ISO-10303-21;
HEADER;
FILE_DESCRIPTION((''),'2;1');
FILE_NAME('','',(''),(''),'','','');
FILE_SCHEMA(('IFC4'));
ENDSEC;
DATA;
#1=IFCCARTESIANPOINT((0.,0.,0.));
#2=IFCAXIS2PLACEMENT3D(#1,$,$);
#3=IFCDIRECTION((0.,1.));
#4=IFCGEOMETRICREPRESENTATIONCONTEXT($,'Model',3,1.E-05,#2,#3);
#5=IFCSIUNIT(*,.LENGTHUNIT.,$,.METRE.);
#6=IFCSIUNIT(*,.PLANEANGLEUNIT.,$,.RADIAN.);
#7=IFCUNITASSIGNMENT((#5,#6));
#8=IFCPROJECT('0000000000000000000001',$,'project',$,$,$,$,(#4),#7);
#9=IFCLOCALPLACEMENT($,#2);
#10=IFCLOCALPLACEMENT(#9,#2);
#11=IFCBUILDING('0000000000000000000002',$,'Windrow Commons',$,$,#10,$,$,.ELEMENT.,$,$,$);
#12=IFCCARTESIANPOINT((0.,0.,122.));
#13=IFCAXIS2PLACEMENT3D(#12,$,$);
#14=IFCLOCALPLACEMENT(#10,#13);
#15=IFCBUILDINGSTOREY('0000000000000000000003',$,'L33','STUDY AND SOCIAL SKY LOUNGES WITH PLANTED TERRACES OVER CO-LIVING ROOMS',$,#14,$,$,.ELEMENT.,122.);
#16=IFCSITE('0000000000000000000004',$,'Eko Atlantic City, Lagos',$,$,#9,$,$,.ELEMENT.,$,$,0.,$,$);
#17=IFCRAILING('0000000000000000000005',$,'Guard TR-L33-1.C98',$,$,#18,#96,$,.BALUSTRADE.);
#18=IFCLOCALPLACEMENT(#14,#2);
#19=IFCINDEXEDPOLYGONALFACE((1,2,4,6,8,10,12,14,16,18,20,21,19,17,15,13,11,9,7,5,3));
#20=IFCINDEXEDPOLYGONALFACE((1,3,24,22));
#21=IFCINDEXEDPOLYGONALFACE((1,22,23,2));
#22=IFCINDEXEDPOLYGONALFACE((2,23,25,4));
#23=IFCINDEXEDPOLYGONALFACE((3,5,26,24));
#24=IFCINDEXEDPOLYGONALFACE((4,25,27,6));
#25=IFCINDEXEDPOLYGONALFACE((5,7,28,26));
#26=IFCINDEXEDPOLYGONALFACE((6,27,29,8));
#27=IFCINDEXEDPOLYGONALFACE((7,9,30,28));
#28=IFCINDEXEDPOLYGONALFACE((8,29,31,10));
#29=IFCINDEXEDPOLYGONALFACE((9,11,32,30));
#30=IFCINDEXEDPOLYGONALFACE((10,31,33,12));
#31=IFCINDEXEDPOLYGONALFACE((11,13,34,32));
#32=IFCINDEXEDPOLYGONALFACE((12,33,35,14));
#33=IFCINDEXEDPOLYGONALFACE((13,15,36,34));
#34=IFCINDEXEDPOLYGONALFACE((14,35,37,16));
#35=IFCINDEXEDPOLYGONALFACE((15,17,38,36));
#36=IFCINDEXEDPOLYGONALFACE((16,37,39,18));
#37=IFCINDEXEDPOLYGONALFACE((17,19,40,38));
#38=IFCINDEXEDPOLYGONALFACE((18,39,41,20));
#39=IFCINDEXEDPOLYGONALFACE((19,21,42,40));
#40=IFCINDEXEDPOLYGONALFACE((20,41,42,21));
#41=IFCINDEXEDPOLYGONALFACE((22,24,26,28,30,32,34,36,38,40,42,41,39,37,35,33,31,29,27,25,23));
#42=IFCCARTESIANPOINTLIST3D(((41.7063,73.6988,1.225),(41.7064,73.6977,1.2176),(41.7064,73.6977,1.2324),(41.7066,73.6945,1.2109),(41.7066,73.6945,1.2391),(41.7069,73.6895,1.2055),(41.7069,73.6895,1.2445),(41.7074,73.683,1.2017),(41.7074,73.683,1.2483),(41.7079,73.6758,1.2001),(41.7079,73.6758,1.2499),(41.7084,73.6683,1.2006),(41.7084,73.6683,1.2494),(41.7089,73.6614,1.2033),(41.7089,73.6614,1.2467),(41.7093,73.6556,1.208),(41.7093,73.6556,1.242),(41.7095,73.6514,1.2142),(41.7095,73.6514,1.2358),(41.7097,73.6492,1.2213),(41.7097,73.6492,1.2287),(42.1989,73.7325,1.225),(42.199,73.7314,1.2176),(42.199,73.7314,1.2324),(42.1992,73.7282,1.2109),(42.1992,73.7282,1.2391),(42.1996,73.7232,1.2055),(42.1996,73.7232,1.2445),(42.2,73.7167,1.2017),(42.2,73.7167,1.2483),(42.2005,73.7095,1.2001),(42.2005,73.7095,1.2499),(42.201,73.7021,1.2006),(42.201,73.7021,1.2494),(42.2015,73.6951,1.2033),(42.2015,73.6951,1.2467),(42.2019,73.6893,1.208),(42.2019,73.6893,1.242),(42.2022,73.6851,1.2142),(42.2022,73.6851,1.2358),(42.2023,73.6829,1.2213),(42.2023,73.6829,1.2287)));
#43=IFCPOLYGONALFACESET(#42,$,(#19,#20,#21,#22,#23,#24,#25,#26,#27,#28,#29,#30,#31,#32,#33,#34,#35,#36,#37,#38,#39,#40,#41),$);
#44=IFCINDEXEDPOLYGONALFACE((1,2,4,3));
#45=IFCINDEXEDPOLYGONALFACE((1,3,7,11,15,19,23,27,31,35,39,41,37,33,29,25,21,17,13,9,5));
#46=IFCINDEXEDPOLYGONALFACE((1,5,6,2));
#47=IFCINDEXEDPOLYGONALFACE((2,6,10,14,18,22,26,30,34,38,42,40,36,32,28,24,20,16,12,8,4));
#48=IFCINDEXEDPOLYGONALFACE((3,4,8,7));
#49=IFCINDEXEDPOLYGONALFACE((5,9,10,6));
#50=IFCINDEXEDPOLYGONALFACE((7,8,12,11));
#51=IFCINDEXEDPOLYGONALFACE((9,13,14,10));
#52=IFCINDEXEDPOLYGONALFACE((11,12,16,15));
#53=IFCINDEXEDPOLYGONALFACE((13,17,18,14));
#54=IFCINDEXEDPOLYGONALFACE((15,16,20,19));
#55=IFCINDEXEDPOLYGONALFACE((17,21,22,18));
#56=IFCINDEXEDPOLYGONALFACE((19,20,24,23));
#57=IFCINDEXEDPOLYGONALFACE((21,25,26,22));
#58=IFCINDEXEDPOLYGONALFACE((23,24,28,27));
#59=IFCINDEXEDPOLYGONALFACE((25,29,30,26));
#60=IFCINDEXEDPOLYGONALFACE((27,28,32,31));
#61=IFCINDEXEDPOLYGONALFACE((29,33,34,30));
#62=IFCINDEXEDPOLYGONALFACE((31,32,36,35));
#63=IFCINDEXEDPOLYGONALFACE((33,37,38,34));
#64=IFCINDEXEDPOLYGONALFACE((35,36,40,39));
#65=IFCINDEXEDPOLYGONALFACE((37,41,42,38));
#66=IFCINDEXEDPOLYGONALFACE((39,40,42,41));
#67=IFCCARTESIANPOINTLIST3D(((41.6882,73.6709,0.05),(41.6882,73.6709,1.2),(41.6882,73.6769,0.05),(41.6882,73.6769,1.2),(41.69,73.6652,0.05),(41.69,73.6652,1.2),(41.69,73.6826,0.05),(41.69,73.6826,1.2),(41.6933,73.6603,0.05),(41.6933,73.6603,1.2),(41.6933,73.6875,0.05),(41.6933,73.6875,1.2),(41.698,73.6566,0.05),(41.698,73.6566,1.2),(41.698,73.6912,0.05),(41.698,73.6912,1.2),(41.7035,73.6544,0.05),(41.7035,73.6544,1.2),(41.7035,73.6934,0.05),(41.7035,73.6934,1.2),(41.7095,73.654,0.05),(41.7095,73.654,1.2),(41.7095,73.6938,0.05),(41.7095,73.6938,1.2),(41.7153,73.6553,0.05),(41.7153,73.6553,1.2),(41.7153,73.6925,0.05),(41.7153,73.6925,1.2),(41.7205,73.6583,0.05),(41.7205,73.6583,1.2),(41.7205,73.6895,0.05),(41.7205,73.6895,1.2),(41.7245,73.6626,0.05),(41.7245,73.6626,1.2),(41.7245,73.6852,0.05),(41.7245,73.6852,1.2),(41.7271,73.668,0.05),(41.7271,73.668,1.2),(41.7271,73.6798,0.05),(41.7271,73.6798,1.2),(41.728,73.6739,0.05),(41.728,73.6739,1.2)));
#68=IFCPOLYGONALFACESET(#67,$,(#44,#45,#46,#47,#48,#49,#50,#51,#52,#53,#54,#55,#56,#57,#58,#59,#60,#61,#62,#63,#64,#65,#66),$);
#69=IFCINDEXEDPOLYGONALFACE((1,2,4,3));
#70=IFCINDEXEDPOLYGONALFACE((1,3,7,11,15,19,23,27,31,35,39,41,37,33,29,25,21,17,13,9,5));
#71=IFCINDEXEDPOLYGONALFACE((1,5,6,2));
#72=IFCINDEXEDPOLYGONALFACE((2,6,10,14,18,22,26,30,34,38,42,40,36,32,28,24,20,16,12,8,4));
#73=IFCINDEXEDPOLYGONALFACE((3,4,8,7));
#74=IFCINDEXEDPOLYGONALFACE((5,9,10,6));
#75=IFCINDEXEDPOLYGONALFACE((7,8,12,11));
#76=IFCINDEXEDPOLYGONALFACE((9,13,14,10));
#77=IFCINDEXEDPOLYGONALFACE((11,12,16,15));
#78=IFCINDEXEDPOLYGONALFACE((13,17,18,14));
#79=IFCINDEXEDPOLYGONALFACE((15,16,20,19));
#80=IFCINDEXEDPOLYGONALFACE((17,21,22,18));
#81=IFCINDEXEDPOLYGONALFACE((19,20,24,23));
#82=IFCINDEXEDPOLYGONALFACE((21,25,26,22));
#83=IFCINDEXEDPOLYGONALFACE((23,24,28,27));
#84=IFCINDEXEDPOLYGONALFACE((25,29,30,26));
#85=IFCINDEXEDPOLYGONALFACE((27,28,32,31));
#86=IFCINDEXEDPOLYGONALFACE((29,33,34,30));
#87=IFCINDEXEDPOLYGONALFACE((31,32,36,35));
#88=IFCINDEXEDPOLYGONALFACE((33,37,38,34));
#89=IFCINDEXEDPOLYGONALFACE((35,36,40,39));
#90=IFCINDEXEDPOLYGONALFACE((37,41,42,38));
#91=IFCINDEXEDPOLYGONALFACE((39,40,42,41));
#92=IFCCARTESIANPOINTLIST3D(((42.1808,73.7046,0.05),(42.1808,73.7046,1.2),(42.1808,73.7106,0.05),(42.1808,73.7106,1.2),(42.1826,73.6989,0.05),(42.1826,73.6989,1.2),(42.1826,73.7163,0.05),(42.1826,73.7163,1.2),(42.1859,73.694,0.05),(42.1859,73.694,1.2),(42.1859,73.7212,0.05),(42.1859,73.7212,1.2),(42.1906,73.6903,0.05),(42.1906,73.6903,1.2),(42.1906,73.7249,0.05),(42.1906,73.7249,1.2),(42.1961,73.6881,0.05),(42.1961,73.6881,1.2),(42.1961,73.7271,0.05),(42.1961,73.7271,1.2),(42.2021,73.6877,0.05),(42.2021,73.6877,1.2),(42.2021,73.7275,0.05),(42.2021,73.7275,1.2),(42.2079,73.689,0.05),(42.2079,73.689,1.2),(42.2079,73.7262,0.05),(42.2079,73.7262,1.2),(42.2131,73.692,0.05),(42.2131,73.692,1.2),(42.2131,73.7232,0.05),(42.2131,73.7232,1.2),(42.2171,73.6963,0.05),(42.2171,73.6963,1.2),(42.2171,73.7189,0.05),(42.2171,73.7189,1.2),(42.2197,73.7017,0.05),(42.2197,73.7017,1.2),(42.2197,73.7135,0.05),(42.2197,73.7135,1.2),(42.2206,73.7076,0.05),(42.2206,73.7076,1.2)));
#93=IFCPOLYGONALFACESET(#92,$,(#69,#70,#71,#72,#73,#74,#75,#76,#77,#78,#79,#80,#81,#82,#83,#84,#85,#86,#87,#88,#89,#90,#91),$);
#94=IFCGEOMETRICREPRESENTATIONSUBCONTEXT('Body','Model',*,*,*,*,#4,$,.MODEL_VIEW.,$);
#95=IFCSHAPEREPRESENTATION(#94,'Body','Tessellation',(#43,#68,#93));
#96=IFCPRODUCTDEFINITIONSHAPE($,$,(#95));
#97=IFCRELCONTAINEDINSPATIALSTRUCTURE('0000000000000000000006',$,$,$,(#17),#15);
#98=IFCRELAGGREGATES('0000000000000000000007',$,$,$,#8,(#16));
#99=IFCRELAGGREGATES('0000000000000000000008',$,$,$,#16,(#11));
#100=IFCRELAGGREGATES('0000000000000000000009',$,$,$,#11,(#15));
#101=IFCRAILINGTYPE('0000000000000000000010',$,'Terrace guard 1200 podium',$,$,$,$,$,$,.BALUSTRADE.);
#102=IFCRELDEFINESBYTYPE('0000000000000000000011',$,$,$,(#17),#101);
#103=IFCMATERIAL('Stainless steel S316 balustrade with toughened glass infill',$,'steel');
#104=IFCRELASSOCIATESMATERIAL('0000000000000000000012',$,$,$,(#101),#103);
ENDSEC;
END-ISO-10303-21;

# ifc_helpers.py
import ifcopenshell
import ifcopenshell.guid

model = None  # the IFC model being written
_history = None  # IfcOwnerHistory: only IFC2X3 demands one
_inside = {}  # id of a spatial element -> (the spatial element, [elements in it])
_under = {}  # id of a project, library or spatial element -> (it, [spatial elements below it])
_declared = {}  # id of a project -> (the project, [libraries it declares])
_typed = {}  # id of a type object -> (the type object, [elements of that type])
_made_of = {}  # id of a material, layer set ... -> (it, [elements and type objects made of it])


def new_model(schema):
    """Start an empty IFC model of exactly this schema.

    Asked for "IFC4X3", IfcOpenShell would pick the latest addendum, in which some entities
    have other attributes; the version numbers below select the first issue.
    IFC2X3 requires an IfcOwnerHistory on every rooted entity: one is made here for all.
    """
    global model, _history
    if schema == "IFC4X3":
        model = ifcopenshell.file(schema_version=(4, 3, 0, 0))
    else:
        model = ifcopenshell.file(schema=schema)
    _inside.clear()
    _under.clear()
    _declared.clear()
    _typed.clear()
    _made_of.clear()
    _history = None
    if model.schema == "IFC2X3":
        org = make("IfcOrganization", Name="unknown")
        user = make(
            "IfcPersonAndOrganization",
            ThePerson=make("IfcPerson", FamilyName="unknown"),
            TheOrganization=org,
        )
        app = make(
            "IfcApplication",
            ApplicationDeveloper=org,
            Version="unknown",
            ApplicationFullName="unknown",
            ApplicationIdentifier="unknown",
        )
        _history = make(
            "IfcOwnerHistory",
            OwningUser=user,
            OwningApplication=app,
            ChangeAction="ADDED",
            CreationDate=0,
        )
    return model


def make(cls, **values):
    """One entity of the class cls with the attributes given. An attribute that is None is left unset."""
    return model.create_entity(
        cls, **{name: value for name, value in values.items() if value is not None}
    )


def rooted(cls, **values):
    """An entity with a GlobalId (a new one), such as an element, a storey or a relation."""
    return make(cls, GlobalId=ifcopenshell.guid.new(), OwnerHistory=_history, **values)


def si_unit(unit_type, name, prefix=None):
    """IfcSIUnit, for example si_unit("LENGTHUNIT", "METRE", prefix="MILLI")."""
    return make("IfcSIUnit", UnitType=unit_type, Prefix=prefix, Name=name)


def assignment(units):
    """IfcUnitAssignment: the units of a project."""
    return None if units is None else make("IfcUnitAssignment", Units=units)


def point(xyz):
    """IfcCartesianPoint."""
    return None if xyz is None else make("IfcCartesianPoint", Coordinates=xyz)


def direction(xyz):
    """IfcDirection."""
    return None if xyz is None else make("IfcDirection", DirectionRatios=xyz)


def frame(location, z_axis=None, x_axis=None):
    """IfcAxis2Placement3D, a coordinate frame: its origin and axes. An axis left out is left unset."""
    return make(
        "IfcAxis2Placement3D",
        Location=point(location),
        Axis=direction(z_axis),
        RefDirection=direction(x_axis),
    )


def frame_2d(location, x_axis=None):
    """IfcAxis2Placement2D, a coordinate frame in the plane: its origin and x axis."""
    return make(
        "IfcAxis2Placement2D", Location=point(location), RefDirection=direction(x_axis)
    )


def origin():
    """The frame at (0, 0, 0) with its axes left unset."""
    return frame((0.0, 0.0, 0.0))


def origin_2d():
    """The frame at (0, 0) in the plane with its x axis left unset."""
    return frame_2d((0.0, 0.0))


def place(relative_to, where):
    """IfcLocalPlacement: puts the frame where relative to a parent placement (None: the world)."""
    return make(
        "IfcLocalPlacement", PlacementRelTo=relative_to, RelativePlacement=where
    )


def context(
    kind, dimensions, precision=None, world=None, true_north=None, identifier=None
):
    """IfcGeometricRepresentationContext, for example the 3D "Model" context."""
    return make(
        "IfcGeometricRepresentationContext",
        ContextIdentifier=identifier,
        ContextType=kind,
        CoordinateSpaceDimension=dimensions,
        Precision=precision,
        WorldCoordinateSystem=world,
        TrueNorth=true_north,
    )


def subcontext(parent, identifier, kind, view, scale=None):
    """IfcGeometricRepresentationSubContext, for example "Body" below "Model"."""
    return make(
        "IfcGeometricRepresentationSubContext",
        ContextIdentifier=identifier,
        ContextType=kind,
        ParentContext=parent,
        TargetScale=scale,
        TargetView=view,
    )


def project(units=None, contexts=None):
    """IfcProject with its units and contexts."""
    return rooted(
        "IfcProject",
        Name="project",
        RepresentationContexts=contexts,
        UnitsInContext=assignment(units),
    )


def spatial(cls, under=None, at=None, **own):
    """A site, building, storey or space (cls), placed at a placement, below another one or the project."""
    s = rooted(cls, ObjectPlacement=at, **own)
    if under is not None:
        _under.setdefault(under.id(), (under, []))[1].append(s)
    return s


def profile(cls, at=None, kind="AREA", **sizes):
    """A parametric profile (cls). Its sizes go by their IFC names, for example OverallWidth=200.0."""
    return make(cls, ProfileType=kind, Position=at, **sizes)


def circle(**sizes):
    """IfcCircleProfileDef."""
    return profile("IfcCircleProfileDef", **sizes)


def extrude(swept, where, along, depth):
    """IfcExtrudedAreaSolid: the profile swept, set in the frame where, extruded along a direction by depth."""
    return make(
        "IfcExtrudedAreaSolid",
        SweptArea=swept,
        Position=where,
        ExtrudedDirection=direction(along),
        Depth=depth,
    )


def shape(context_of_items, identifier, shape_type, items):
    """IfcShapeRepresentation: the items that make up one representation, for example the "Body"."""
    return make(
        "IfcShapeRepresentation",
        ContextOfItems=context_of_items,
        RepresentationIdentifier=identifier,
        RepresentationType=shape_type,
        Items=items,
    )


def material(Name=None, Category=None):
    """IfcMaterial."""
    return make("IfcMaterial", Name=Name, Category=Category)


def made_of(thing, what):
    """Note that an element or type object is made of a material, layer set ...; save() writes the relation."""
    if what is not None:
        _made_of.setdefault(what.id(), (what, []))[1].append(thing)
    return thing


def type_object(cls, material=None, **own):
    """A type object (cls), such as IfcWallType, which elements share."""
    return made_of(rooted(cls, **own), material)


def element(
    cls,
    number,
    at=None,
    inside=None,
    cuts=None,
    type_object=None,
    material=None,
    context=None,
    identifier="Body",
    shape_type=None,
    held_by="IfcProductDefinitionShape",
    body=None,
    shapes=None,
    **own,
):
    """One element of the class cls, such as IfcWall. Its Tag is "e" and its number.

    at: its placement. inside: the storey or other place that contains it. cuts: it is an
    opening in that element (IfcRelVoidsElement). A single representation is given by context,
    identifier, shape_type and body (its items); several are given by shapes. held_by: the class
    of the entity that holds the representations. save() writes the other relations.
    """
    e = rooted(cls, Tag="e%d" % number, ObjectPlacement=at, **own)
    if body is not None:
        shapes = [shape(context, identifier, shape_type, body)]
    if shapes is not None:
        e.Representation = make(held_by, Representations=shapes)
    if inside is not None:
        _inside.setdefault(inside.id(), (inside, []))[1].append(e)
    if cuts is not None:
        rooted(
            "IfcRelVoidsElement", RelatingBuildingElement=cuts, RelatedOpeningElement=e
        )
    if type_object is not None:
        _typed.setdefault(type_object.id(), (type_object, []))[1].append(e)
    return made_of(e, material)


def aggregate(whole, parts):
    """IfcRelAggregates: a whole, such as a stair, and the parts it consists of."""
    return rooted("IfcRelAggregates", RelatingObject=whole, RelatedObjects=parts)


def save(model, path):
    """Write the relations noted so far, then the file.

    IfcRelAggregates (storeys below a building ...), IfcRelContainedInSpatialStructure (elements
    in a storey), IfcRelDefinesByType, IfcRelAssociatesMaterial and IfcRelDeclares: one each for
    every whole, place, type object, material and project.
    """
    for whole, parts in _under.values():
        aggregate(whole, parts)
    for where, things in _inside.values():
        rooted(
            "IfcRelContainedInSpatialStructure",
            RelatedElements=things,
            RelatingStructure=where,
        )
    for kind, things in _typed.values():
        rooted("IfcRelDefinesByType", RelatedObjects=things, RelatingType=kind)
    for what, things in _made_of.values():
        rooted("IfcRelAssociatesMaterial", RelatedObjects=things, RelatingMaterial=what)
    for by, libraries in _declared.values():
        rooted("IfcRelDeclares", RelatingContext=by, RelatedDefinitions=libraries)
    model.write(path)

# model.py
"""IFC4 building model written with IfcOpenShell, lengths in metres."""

from ifc_helpers import new_model, si_unit, direction, frame, origin, origin_2d, place, context, subcontext, project, spatial, circle, extrude, material, type_object, element, save


model = new_model("IFC4")

# Units and contexts
model_context = context("Model", 3, precision=1e-05, world=origin(), true_north=direction((0.0, 1.0)))
body_context = subcontext(model_context, "Body", "Model", "MODEL_VIEW")
ifc_project = project(units=[si_unit("LENGTHUNIT", "METRE"), si_unit("PLANEANGLEUNIT", "RADIAN")], contexts=[model_context])

# Site, building, storey
site_placement = place(None, origin())
site = spatial("IfcSite", under=ifc_project, at=site_placement, Name="Eko Atlantic City, Lagos", CompositionType="ELEMENT", RefElevation=0.0)
building_placement = place(site_placement, origin())
building = spatial("IfcBuilding", under=site, at=building_placement, Name="Windrow Commons", CompositionType="ELEMENT")
storey_placement = place(building_placement, frame((0.0, 0.0, 122.0)))
storey = spatial("IfcBuildingStorey", under=building, at=storey_placement, Name="L33", Description="STUDY AND SOCIAL SKY LOUNGES WITH PLANTED TERRACES OVER CO-LIVING ROOMS", CompositionType="ELEMENT", Elevation=122.0)

# Railing
ifc_material_1 = material(Name="Stainless steel S316 balustrade with toughened glass infill", Category="steel")
railing_type = type_object("IfcRailingType", Name="Terrace guard 1200 podium", PredefinedType="BALUSTRADE", material=ifc_material_1)
railing_1_placement = place(storey_placement, frame((41.708, 73.6739, 0.05)))
element("IfcRailing", 1, at=railing_1_placement, inside=storey, type_object=railing_type, Name="Guard TR-L33-1.C98", PredefinedType="BALUSTRADE", context=body_context, shape_type="SweptSolid", body=[
    extrude(circle(Radius=0.025, at=origin_2d()), frame((0.0, 0.0, 1.175), z_axis=(0.997668, 0.068253, 0.0), x_axis=(-0.068253, 0.997668, 0.0)), (0.0, 0.0, 1.0), 0.4938),
    extrude(circle(Radius=0.02, at=origin_2d()), origin(), (0.0, 0.0, 1.0), 1.15),
    extrude(circle(Radius=0.02, at=origin_2d()), frame((0.4926, 0.0337, 0.0)), (0.0, 0.0, 1.0), 1.15),
])

save(model, "model.ifc")
